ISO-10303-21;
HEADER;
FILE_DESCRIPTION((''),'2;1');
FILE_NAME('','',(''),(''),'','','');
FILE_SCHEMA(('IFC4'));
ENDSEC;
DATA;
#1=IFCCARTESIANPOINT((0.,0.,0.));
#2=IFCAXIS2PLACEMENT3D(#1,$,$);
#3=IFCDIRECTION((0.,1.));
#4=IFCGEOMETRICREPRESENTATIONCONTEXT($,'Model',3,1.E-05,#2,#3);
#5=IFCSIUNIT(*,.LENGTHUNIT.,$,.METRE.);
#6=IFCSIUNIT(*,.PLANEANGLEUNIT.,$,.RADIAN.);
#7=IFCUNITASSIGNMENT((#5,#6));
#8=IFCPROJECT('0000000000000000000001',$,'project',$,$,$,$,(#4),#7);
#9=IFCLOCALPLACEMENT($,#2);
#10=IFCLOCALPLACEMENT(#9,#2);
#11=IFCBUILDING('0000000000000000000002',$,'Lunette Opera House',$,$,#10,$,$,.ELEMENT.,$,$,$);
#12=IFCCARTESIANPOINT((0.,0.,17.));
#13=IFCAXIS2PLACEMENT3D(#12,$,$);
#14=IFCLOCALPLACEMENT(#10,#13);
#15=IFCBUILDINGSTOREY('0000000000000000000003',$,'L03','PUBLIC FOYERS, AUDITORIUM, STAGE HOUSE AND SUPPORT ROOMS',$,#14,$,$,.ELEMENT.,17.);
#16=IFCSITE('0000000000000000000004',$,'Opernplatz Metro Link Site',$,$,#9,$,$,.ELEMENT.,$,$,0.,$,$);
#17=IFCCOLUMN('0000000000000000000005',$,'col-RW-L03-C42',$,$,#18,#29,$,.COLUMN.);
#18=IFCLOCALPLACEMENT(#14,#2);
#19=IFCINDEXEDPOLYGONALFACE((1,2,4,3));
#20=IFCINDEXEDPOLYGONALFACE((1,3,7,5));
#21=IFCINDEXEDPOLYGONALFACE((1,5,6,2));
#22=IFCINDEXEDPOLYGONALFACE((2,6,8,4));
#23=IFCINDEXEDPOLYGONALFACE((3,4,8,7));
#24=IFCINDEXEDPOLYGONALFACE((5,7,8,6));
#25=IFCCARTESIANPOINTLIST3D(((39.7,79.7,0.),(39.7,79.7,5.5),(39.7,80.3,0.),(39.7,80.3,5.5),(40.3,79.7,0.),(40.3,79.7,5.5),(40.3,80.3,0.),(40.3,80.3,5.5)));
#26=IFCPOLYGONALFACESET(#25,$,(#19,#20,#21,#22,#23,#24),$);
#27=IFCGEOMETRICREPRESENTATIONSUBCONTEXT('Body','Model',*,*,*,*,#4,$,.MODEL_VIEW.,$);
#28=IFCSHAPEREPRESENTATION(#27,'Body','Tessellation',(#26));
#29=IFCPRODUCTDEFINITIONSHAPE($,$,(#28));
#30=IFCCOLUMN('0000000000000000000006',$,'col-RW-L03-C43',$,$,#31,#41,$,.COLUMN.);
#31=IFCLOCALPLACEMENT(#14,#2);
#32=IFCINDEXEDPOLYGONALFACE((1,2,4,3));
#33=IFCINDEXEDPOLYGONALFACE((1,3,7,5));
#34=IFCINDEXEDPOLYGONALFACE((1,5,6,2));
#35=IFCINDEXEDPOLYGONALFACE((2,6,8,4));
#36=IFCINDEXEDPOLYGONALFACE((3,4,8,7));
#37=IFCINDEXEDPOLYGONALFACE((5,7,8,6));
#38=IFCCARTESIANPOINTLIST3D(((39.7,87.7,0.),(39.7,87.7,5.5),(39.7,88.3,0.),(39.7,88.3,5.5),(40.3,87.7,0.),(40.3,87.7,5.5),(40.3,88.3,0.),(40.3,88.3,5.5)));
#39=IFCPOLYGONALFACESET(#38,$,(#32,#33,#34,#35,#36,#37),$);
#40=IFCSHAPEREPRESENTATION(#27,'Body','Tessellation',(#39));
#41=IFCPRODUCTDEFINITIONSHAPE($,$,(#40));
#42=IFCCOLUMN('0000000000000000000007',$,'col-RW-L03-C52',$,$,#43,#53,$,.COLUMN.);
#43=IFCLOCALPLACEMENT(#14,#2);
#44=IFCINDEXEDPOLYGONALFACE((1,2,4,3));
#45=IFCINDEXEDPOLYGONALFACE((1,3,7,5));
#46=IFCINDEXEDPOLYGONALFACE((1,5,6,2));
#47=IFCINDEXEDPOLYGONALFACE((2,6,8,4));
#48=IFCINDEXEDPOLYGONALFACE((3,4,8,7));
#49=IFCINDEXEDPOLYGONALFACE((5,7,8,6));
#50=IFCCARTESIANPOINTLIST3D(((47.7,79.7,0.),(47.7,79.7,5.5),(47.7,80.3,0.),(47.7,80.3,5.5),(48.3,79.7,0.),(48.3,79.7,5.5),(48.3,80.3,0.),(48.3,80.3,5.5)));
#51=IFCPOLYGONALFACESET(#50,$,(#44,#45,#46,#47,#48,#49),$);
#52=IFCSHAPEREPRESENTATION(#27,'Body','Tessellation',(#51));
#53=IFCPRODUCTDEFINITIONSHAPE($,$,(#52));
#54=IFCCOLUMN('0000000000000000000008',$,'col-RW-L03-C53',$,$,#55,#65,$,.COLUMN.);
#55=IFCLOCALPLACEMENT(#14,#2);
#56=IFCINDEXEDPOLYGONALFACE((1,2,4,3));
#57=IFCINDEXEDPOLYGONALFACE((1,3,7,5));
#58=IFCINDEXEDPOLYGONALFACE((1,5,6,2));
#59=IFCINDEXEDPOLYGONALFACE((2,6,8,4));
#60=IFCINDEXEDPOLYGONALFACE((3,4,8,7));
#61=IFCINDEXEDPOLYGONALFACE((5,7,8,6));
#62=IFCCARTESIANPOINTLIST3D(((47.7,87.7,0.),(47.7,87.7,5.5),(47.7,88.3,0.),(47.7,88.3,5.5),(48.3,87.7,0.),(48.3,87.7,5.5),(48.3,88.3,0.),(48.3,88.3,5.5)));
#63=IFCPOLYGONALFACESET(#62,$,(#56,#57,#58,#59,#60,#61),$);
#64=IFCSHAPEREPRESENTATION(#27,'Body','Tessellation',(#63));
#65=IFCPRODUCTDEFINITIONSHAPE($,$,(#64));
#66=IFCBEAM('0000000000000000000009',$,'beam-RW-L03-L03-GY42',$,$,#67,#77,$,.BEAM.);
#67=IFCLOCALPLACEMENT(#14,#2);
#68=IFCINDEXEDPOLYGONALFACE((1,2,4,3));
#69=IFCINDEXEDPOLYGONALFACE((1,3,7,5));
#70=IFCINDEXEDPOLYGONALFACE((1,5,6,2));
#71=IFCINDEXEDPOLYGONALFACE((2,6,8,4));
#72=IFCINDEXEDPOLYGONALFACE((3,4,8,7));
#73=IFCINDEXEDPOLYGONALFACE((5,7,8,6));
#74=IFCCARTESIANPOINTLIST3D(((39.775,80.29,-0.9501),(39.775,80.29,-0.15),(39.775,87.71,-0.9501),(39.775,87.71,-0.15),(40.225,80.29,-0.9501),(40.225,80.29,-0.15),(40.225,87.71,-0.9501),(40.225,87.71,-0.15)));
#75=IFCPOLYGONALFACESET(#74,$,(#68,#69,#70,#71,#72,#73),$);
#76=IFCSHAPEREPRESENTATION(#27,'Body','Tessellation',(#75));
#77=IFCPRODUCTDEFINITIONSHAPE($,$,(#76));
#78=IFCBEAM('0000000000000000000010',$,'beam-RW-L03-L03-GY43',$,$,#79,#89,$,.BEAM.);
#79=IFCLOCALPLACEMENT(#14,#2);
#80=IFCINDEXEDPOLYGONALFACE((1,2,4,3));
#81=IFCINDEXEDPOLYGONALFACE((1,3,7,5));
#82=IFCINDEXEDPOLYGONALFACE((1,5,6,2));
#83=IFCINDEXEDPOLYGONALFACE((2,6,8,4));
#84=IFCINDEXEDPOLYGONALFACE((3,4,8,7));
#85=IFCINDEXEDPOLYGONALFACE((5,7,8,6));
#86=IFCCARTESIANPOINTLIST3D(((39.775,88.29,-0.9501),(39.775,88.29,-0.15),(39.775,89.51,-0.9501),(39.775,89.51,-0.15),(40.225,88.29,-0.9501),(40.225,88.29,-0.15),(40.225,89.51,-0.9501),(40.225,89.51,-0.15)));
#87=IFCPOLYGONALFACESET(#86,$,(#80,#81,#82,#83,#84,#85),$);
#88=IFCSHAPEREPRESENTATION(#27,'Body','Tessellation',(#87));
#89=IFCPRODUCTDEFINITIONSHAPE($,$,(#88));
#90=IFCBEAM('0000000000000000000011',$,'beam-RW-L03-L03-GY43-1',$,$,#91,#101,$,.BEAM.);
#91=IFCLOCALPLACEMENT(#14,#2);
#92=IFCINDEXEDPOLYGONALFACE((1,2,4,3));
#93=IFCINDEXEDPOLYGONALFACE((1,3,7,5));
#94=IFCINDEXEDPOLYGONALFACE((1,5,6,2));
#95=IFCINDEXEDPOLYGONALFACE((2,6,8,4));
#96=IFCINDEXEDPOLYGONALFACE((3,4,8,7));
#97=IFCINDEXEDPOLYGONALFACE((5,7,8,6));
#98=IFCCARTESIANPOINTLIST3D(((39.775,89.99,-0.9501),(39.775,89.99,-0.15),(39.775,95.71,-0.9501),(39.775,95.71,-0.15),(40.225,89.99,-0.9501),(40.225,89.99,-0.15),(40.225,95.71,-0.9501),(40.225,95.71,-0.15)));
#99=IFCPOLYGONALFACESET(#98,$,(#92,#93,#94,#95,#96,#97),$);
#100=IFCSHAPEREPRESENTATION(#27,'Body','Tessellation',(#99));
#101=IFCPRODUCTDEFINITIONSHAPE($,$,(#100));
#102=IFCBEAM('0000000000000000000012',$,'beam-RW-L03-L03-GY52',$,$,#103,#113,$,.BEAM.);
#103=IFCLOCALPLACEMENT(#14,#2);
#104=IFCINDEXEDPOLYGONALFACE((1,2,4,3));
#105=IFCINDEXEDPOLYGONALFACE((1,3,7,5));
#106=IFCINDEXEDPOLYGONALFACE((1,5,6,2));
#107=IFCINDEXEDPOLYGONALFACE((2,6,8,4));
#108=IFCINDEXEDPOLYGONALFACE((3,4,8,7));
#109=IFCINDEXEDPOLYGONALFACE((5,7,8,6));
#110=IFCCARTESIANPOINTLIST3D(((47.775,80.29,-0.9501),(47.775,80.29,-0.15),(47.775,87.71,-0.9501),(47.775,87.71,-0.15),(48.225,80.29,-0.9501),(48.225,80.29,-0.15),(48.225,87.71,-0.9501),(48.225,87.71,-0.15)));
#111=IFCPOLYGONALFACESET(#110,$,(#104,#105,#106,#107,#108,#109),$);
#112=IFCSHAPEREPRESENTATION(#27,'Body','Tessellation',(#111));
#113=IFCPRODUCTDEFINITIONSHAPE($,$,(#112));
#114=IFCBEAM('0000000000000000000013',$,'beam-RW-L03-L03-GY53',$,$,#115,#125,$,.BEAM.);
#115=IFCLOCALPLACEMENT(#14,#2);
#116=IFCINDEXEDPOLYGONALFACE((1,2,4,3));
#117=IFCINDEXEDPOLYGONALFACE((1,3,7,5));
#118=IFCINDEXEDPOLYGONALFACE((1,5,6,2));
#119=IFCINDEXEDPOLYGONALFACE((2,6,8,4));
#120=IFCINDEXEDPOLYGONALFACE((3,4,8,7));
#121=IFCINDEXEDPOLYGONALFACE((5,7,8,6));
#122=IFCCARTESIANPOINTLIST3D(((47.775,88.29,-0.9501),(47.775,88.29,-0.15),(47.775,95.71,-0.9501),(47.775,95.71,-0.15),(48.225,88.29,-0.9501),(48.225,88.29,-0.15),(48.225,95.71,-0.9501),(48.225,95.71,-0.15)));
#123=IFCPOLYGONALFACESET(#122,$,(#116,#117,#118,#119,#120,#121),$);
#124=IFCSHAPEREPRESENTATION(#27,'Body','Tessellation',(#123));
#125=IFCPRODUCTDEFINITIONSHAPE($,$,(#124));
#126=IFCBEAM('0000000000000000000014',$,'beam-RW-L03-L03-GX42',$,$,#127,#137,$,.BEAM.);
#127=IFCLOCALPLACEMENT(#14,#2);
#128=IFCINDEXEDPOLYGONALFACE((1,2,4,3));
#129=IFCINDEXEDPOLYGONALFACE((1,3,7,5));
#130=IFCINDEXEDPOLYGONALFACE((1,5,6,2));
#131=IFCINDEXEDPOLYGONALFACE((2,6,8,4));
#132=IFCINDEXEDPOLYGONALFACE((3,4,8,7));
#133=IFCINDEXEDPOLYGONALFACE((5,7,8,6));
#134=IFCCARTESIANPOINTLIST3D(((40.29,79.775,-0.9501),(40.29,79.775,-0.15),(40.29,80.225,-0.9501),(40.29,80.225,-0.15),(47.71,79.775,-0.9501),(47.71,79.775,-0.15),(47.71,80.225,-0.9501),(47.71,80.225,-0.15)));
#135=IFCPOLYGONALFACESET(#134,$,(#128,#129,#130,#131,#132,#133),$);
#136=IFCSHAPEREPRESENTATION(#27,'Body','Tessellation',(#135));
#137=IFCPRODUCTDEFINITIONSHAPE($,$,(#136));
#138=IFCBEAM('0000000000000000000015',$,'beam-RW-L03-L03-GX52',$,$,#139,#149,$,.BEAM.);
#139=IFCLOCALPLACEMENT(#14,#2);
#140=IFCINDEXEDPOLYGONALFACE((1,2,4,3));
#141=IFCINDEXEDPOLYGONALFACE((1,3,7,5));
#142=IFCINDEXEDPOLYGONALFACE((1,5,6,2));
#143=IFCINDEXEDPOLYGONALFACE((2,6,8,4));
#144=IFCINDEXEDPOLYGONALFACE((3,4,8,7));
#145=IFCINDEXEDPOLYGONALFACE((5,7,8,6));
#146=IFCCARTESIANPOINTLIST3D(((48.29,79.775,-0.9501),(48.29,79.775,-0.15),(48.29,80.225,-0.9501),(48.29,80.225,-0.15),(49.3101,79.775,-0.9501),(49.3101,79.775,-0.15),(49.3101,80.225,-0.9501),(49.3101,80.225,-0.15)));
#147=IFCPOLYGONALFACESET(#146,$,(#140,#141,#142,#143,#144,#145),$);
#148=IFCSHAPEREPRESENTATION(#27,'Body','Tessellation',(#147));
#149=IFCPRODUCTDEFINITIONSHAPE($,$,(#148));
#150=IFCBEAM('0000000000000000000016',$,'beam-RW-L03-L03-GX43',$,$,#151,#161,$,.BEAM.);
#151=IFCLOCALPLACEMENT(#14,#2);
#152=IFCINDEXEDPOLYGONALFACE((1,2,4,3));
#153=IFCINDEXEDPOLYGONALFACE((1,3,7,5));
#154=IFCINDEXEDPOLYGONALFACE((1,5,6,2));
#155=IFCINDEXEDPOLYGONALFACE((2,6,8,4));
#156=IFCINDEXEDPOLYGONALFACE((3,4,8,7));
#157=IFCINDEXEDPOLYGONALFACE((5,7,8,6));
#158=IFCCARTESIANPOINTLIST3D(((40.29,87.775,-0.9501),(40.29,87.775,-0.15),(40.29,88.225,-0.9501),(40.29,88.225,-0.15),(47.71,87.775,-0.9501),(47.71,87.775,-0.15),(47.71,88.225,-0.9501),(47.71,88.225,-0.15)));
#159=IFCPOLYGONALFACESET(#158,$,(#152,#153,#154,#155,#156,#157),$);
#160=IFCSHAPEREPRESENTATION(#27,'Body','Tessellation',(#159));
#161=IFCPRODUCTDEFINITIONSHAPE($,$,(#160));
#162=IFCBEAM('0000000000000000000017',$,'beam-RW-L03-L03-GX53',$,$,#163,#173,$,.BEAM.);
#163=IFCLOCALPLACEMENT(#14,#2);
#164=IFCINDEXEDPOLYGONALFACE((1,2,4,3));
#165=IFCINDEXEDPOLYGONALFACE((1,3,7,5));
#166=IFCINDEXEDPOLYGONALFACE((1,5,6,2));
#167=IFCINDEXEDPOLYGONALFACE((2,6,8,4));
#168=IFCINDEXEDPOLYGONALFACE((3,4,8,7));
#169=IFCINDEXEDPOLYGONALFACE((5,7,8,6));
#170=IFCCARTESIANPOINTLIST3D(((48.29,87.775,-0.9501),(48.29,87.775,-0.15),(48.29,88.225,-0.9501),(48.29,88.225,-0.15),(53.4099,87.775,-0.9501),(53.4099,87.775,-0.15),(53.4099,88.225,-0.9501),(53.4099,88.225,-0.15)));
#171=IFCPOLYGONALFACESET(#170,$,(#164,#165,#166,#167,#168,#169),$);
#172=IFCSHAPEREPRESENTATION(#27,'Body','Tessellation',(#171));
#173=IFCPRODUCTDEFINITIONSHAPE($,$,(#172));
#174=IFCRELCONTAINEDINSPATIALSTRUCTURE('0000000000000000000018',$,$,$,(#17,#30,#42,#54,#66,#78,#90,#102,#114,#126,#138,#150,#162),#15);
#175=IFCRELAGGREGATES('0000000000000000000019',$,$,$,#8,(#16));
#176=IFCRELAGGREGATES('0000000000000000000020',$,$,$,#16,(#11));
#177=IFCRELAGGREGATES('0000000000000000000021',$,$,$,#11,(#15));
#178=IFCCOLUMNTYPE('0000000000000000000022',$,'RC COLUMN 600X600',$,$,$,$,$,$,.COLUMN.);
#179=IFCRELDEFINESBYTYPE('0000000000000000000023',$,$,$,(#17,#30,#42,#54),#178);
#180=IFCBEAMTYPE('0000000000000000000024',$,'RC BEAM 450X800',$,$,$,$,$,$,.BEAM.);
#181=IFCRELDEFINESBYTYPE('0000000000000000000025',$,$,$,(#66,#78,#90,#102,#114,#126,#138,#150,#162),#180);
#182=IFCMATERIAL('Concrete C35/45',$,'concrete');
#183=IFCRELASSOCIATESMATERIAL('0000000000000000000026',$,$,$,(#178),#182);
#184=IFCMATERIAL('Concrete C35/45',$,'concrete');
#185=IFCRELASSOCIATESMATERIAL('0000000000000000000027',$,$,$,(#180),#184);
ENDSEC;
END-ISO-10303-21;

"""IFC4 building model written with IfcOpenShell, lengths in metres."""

from ifc_helpers import new_model, si_unit, direction, frame, origin, origin_2d, place, context, subcontext, project, spatial, rectangle, extrude, material, material_profile, profile_set, type_object, element, save


model = new_model("IFC4")

# Units and contexts
model_context = context("Model", 3, precision=1e-05, world=origin(), true_north=direction((0.0, 1.0)))
body_context = subcontext(model_context, "Body", "Model", "MODEL_VIEW")
ifc_project = project(units=[si_unit("LENGTHUNIT", "METRE"), si_unit("PLANEANGLEUNIT", "RADIAN")], contexts=[model_context])

# Site, building, storey
site_placement = place(None, origin())
site = spatial("IfcSite", under=ifc_project, at=site_placement, Name="Opernplatz Metro Link Site", CompositionType="ELEMENT", RefElevation=0.0)
building_placement = place(site_placement, origin())
building = spatial("IfcBuilding", under=site, at=building_placement, Name="Lunette Opera House", CompositionType="ELEMENT")
storey_placement = place(building_placement, frame((0.0, 0.0, 17.0)))
storey = spatial("IfcBuildingStorey", under=building, at=storey_placement, Name="L03", Description="PUBLIC FOYERS, AUDITORIUM, STAGE HOUSE AND SUPPORT ROOMS", CompositionType="ELEMENT", Elevation=17.0)

# Columns
ifc_material_1 = material(Name="Concrete C35/45", Category="concrete")
ifc_material_profile_1 = material_profile(ifc_material_1, rectangle(XDim=0.6001, YDim=0.6001, at=origin_2d()), Name="RC COLUMN 600X600")
ifc_profile_set_1 = profile_set([ifc_material_profile_1], Name="Concrete C35/45")
column_type = type_object("IfcColumnType", Name="RC COLUMN 600X600", PredefinedType="COLUMN", material=ifc_profile_set_1)
for number, where, z_axis, x_axis, name in (
    (1, (40.0, 80.0, 0.0), (0.0, 0.0, 1.0), (1.0, 0.0, 0.0), "col-RW-L03-C42"),
    (2, (40.0, 88.0, 0.0), (0.0, 0.0, 1.0), (1.0, 0.0, 0.0), "col-RW-L03-C43"),
    (3, (48.0, 80.0, 0.0), (0.0, 0.0, 1.0), (1.0, 0.0, 0.0), "col-RW-L03-C52"),
    (4, (48.0, 88.0, 0.0), (0.0, 0.0, 1.0), (1.0, 0.0, 0.0), "col-RW-L03-C53"),
):
    element("IfcColumn", number, at=place(storey_placement, frame(where, z_axis=z_axis, x_axis=x_axis)), inside=storey, type_object=column_type, Name=name, PredefinedType="COLUMN", context=body_context, shape_type="SweptSolid", body=[
        extrude(rectangle(XDim=0.6001, YDim=0.6001, at=origin_2d()), origin(), (0.0, 0.0, 1.0), 5.5),
    ])

# Beams
ifc_material_2 = material(Name="Concrete C35/45", Category="concrete")
ifc_material_profile_2 = material_profile(ifc_material_2, rectangle(XDim=0.45, YDim=0.8, at=origin_2d()), Name="RC BEAM 450X800")
ifc_profile_set_2 = profile_set([ifc_material_profile_2], Name="Concrete C35/45")
beam_type_1 = type_object("IfcBeamType", Name="RC BEAM 450X800", PredefinedType="BEAM", material=ifc_profile_set_2)
beam_1_placement = place(storey_placement, frame((40.0, 80.29, -0.55), z_axis=(0.0, 1.0, 0.0), x_axis=(-1.0, 0.0, 0.0)))
element("IfcBeam", 5, at=beam_1_placement, inside=storey, type_object=beam_type_1, Name="beam-RW-L03-L03-GY42", PredefinedType="BEAM", context=body_context, shape_type="SweptSolid", body=[
    extrude(rectangle(XDim=0.45, YDim=0.8, at=origin_2d()), origin(), (0.0, 0.0, 1.0), 7.4199),
])
beam_2_placement = place(storey_placement, frame((40.0, 88.29, -0.55), z_axis=(0.0, 1.0, 0.0), x_axis=(-1.0, 0.0, 0.0)))
element("IfcBeam", 6, at=beam_2_placement, inside=storey, type_object=beam_type_1, Name="beam-RW-L03-L03-GY43", PredefinedType="BEAM", context=body_context, shape_type="SweptSolid", body=[
    extrude(rectangle(XDim=0.45, YDim=0.8, at=origin_2d()), origin(), (0.0, 0.0, 1.0), 1.22),
])
beam_3_placement = place(storey_placement, frame((40.0, 89.99, -0.55), z_axis=(0.0, 1.0, 0.0), x_axis=(-1.0, 0.0, 0.0)))
element("IfcBeam", 7, at=beam_3_placement, inside=storey, type_object=beam_type_1, Name="beam-RW-L03-L03-GY43-1", PredefinedType="BEAM", context=body_context, shape_type="SweptSolid", body=[
    extrude(rectangle(XDim=0.45, YDim=0.8, at=origin_2d()), origin(), (0.0, 0.0, 1.0), 5.72),
])
for number, where, z_axis, x_axis, name in (
    (8, (48.0, 80.29, -0.55), (0.0, 1.0, 0.0), (-1.0, 0.0, 0.0), "beam-RW-L03-L03-GY52"),
    (9, (48.0, 88.29, -0.55), (0.0, 1.0, 0.0), (-1.0, 0.0, 0.0), "beam-RW-L03-L03-GY53"),
    (10, (40.29, 80.0, -0.55), (1.0, 0.0, 0.0), (0.0, 1.0, 0.0), "beam-RW-L03-L03-GX42"),
):
    element("IfcBeam", number, at=place(storey_placement, frame(where, z_axis=z_axis, x_axis=x_axis)), inside=storey, type_object=beam_type_1, Name=name, PredefinedType="BEAM", context=body_context, shape_type="SweptSolid", body=[
        extrude(rectangle(XDim=0.45, YDim=0.8, at=origin_2d()), origin(), (0.0, 0.0, 1.0), 7.4199),
    ])
beam_4_placement = place(storey_placement, frame((48.29, 80.0, -0.55), z_axis=(1.0, 0.0, 0.0), x_axis=(0.0, 1.0, 0.0)))
element("IfcBeam", 11, at=beam_4_placement, inside=storey, type_object=beam_type_1, Name="beam-RW-L03-L03-GX52", PredefinedType="BEAM", context=body_context, shape_type="SweptSolid", body=[
    extrude(rectangle(XDim=0.45, YDim=0.8, at=origin_2d()), origin(), (0.0, 0.0, 1.0), 1.02),
])
beam_5_placement = place(storey_placement, frame((40.29, 88.0, -0.55), z_axis=(1.0, 0.0, 0.0), x_axis=(0.0, 1.0, 0.0)))
element("IfcBeam", 12, at=beam_5_placement, inside=storey, type_object=beam_type_1, Name="beam-RW-L03-L03-GX43", PredefinedType="BEAM", context=body_context, shape_type="SweptSolid", body=[
    extrude(rectangle(XDim=0.45, YDim=0.8, at=origin_2d()), origin(), (0.0, 0.0, 1.0), 7.4199),
])
beam_6_placement = place(storey_placement, frame((48.29, 88.0, -0.55), z_axis=(1.0, 0.0, 0.0), x_axis=(0.0, 1.0, 0.0)))
element("IfcBeam", 13, at=beam_6_placement, inside=storey, type_object=beam_type_1, Name="beam-RW-L03-L03-GX53", PredefinedType="BEAM", context=body_context, shape_type="SweptSolid", body=[
    extrude(rectangle(XDim=0.45, YDim=0.8, at=origin_2d()), origin(), (0.0, 0.0, 1.0), 5.1199),
])

save(model, "model.ifc")
